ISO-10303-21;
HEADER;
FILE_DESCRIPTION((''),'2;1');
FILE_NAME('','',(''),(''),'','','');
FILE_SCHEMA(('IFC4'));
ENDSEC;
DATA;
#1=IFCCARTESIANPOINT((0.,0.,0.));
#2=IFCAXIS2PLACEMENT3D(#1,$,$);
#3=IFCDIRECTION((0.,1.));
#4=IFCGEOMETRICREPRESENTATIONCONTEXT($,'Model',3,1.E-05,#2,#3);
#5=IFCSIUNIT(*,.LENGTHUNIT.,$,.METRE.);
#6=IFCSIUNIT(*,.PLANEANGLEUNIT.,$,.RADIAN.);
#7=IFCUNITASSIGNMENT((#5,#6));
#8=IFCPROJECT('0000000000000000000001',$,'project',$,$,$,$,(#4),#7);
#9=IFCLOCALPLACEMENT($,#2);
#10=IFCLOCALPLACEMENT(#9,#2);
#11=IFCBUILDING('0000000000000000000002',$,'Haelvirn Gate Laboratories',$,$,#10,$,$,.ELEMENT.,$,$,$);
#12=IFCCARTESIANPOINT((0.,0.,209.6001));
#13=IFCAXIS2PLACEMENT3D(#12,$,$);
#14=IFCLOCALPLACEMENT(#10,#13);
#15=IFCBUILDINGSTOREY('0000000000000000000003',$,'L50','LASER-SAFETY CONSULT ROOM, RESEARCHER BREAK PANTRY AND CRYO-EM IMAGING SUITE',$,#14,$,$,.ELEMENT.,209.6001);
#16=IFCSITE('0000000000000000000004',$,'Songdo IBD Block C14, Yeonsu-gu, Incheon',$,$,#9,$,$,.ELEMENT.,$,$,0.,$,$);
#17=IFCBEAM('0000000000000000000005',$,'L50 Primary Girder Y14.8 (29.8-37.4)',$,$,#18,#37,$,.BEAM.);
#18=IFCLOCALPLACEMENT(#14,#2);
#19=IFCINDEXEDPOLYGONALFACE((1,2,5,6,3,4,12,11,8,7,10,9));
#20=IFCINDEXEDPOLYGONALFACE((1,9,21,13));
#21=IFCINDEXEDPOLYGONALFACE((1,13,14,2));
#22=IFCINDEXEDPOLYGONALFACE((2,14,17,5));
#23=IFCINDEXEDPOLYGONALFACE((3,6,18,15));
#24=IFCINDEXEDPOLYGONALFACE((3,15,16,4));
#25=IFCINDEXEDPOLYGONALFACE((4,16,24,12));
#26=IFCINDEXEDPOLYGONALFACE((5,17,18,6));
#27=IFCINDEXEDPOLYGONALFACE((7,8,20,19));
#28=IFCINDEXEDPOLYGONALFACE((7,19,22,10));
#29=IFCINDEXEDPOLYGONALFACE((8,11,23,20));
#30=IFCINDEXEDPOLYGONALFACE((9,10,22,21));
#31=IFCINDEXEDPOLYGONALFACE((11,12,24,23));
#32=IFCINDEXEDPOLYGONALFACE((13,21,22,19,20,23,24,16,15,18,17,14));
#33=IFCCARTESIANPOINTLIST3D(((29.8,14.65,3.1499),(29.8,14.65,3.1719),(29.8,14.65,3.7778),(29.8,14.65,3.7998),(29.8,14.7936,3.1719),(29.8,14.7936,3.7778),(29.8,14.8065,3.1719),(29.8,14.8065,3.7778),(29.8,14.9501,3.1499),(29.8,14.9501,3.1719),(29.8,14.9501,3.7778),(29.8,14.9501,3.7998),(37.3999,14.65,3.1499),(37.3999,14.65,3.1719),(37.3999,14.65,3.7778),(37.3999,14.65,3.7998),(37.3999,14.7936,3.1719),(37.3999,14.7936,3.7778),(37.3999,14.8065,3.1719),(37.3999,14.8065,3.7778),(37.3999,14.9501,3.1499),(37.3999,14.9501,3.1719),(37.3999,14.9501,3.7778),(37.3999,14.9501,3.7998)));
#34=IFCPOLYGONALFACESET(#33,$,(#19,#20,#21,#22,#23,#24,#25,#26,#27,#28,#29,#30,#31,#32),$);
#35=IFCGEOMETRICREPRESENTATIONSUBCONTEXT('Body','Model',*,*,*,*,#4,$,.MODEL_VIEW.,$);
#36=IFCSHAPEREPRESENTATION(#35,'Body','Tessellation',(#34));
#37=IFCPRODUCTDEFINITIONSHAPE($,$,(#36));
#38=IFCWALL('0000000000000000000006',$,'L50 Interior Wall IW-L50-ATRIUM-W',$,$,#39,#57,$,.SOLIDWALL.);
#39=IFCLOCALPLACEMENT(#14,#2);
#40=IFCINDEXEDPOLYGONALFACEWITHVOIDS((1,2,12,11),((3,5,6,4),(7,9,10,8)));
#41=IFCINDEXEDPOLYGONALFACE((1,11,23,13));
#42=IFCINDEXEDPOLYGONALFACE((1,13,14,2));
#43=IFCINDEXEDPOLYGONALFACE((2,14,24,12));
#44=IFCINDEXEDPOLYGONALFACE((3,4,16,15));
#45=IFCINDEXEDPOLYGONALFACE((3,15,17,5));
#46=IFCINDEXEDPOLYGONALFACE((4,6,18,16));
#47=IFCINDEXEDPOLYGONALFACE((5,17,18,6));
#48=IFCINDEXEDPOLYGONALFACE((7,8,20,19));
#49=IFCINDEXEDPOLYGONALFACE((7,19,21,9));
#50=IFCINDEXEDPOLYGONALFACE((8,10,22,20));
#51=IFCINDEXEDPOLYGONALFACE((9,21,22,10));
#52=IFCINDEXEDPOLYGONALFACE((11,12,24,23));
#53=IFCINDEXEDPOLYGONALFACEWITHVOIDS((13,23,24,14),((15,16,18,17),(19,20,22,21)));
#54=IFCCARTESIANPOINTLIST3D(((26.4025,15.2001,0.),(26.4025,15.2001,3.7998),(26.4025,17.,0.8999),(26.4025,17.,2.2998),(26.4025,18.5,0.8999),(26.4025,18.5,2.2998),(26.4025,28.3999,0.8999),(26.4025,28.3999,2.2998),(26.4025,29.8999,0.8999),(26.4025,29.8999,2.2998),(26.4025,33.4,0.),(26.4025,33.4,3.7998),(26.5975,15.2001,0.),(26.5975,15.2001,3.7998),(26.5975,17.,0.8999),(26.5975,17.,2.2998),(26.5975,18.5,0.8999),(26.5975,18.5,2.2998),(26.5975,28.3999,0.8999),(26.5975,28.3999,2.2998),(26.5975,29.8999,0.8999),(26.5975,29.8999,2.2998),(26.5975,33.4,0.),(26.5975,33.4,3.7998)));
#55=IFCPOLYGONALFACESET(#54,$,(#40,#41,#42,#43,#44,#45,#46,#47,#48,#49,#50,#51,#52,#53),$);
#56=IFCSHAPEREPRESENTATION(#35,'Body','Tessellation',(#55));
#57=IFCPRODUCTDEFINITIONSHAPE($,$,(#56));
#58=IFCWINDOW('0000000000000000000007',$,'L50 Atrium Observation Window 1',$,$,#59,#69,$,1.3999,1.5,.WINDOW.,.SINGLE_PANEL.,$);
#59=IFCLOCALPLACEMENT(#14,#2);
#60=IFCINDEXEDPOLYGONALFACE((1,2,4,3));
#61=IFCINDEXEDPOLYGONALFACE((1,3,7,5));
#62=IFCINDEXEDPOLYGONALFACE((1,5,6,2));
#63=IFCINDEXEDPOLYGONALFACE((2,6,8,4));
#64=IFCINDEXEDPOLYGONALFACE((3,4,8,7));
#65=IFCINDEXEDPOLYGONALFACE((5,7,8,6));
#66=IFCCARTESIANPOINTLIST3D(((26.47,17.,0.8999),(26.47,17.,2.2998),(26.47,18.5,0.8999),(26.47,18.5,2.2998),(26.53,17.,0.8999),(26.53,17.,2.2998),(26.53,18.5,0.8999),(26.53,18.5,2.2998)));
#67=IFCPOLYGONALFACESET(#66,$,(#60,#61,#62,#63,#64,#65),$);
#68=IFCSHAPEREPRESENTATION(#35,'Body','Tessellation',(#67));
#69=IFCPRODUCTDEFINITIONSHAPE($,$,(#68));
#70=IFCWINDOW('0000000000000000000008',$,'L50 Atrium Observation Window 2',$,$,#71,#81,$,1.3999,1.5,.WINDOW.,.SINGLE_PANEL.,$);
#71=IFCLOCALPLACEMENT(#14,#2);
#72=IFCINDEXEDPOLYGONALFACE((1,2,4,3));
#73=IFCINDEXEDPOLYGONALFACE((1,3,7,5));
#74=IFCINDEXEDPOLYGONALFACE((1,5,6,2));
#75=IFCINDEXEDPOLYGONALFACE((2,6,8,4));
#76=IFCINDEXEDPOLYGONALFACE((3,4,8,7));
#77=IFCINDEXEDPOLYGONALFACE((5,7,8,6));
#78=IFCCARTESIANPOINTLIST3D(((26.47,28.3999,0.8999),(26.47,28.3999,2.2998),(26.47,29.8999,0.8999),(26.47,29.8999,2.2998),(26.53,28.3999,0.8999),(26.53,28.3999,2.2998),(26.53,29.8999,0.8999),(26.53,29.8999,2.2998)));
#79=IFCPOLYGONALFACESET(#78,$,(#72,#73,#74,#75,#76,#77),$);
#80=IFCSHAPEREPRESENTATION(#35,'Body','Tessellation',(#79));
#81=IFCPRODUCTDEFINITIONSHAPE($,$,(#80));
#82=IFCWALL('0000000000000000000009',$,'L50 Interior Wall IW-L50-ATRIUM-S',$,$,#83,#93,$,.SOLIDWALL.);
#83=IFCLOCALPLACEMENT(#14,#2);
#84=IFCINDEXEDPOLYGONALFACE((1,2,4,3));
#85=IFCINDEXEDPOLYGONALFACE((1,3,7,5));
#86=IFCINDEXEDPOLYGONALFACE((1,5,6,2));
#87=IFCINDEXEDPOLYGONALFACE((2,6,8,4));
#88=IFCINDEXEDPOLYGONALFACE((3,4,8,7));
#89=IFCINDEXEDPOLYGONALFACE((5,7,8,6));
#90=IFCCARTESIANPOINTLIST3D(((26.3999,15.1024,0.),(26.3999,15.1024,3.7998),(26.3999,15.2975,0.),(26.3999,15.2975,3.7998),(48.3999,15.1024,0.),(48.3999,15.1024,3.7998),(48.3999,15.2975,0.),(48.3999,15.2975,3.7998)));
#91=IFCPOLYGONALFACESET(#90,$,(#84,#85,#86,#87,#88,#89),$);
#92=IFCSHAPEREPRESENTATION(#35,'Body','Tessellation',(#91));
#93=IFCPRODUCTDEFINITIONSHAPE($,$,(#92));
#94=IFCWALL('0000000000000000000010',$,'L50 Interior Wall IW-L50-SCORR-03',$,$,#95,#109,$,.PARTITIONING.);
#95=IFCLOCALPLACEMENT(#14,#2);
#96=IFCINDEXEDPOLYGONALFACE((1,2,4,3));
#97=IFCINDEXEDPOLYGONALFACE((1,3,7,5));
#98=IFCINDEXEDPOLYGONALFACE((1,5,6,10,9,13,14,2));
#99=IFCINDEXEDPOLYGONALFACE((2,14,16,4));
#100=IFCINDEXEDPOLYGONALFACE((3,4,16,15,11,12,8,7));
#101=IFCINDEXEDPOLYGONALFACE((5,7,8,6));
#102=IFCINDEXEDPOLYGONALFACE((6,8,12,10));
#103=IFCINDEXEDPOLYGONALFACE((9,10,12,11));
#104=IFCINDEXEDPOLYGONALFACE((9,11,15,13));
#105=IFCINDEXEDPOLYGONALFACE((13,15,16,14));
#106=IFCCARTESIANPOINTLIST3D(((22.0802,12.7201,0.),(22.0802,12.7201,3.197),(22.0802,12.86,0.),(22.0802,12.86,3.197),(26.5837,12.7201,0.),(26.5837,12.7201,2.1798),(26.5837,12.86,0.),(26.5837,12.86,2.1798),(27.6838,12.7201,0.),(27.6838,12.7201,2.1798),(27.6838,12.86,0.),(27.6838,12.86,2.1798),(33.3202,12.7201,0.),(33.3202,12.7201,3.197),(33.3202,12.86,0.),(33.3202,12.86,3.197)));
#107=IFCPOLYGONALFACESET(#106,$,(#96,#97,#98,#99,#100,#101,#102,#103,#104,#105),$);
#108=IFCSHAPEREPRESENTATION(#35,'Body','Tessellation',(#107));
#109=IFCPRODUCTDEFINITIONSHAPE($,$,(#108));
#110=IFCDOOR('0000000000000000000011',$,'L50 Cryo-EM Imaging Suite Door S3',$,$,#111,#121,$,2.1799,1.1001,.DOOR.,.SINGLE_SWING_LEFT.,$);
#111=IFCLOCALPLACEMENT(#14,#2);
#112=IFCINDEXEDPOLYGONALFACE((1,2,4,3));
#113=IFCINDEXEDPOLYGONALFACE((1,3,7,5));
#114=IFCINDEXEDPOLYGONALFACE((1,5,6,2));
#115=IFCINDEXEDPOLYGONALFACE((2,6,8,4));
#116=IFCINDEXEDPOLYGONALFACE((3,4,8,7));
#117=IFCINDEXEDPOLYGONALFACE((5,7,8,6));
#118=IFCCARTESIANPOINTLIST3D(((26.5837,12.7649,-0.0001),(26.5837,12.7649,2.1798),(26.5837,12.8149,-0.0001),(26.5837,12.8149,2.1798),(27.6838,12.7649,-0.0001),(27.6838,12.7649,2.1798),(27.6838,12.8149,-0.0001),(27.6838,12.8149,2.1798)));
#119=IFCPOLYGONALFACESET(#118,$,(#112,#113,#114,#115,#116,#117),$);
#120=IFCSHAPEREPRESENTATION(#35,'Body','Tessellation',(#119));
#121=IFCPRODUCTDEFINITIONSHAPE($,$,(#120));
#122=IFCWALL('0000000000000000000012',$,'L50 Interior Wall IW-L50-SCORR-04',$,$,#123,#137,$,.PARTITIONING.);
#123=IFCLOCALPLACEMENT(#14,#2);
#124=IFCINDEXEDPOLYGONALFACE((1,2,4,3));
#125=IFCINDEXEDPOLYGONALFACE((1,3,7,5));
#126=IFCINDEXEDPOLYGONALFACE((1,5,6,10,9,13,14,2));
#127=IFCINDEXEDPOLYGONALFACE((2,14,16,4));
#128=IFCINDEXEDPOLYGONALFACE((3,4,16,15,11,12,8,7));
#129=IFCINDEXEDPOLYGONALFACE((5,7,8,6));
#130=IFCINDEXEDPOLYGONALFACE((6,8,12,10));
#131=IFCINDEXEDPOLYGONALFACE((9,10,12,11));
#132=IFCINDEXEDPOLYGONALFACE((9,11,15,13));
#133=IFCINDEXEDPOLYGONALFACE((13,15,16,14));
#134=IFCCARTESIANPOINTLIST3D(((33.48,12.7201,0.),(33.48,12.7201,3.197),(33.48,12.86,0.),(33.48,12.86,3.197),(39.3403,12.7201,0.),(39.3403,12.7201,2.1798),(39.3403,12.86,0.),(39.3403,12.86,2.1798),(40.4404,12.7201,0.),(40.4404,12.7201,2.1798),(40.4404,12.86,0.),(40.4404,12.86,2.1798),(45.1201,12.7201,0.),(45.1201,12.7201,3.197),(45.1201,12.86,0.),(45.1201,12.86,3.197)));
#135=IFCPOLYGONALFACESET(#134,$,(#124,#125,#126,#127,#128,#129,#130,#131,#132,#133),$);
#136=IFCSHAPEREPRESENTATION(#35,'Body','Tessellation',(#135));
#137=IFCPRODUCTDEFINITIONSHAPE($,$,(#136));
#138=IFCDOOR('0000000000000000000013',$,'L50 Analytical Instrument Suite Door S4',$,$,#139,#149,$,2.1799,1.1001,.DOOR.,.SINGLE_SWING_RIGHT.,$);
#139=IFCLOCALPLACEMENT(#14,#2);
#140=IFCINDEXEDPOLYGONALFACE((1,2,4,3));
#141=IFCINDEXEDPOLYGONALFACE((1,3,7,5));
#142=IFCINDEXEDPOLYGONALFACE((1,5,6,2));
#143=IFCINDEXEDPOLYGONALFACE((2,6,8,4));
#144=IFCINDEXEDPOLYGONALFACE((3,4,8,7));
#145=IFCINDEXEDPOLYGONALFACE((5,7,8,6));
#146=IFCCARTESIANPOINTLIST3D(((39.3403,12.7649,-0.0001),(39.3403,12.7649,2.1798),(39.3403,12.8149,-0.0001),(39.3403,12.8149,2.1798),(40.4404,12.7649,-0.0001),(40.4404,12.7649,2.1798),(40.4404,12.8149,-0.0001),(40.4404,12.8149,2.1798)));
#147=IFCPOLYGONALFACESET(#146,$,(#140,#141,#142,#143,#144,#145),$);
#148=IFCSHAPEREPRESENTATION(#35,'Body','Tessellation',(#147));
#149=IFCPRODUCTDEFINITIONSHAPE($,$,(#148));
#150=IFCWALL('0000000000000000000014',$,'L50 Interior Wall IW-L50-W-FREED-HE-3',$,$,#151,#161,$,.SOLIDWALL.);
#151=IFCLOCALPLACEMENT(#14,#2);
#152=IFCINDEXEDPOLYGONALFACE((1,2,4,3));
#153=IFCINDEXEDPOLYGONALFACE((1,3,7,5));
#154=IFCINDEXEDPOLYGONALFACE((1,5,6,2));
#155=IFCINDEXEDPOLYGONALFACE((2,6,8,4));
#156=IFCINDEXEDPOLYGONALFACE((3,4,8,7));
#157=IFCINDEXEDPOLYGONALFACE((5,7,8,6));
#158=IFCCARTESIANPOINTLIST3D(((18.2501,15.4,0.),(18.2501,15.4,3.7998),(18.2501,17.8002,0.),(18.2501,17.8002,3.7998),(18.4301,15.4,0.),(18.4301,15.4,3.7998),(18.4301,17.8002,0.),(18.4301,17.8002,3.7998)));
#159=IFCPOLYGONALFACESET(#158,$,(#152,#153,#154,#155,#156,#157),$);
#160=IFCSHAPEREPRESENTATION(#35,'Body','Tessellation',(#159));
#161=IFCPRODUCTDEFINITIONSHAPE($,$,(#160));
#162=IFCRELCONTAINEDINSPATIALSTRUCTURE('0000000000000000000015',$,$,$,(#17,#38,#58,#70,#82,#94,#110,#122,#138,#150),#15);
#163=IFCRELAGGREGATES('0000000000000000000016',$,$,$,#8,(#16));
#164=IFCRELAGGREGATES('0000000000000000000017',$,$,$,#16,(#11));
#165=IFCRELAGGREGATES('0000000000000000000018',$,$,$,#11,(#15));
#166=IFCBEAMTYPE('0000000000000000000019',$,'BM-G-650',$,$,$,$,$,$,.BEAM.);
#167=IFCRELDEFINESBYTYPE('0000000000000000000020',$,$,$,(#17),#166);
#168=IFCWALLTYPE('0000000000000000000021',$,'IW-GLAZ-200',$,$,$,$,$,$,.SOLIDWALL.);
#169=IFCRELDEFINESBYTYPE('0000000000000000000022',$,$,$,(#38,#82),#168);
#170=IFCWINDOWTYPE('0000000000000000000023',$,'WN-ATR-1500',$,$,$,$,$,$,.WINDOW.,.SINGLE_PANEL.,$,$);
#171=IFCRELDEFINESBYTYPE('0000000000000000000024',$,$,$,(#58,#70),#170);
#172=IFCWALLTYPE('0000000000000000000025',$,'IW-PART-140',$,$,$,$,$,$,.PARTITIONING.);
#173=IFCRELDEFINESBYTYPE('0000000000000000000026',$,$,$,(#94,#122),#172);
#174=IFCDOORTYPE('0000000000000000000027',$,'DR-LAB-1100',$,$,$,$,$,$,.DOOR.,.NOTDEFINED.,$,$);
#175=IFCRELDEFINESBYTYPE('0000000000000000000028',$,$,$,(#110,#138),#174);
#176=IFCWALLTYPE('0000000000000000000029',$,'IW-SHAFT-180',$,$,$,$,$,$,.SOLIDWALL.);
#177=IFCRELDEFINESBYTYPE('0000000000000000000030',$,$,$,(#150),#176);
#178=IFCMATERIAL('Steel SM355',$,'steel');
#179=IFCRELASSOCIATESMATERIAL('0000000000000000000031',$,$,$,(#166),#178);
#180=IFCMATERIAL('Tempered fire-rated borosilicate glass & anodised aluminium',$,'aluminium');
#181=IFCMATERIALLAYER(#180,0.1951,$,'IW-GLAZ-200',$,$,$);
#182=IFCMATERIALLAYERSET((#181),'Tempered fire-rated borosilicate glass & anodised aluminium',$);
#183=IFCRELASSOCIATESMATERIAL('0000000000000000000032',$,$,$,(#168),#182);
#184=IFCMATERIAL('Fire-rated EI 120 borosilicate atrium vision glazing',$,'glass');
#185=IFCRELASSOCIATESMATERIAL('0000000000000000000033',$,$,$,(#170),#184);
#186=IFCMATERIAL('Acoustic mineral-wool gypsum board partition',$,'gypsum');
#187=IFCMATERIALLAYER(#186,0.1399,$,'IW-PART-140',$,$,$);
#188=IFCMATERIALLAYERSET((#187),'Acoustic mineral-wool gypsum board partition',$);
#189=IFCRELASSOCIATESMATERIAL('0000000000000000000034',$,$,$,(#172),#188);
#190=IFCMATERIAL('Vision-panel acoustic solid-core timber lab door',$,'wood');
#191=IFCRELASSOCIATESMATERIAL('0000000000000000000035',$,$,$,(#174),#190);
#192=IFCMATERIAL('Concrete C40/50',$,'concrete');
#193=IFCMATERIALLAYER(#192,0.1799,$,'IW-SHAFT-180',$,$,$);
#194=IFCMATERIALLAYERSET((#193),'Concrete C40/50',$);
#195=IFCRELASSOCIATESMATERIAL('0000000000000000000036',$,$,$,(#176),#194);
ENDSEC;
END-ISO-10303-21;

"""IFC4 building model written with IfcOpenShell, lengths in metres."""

from ifc_helpers import new_model, si_unit, direction, frame, frame_2d, origin, origin_2d, place, context, subcontext, project, spatial, rectangle, i_section, extrude, source, transform, mapped, material, layer, layer_set, material_profile, profile_set, type_object, type_shapes, element, fill, save


model = new_model("IFC4")

# Units and contexts
model_context = context("Model", 3, precision=1e-05, world=origin(), true_north=direction((0.0, 1.0)))
body_context = subcontext(model_context, "Body", "Model", "MODEL_VIEW")
ifc_project = project(units=[si_unit("LENGTHUNIT", "METRE"), si_unit("PLANEANGLEUNIT", "RADIAN")], contexts=[model_context])

# Site, building, storey
site_placement = place(None, origin())
site = spatial("IfcSite", under=ifc_project, at=site_placement, Name="Songdo IBD Block C14, Yeonsu-gu, Incheon", CompositionType="ELEMENT", RefElevation=0.0)
building_placement = place(site_placement, origin())
building = spatial("IfcBuilding", under=site, at=building_placement, Name="Haelvirn Gate Laboratories", CompositionType="ELEMENT")
storey_placement = place(building_placement, frame((0.0, 0.0, 209.6001)))
storey = spatial("IfcBuildingStorey", under=building, at=storey_placement, Name="L50", Description="LASER-SAFETY CONSULT ROOM, RESEARCHER BREAK PANTRY AND CRYO-EM IMAGING SUITE", CompositionType="ELEMENT", Elevation=209.6001)

# Shared definitions
ifc_material_1 = material(Name="Steel SM355", Category="steel")

# Beam
ifc_material_profile_1 = material_profile(ifc_material_1, i_section(OverallWidth=0.3, OverallDepth=0.6499, WebThickness=0.0129, FlangeThickness=0.022, at=origin_2d()), Name="H-650x300x13x22")
ifc_profile_set_1 = profile_set([ifc_material_profile_1], Name="Steel SM355")
beam_type_1 = type_object("IfcBeamType", Name="BM-G-650", PredefinedType="BEAM", material=ifc_profile_set_1)
shared_shape_1 = source(origin(), body_context, "Body", "SweptSolid", [
    extrude(i_section(OverallWidth=0.3, OverallDepth=0.6499, WebThickness=0.0129, FlangeThickness=0.022, at=origin_2d()), origin(), (0.0, 0.0, 1.0), 7.5999),
])
for number, where, z_axis, x_axis, name in (
    (1, (29.8, 14.8, 3.4749), (1.0, 0.0, 0.0), (0.0, 1.0, 0.0), "L50 Primary Girder Y14.8 (29.8-37.4)"),
):
    element("IfcBeam", number, at=place(storey_placement, frame(where, z_axis=z_axis, x_axis=x_axis)), inside=storey, type_object=beam_type_1, Name=name, PredefinedType="BEAM", context=body_context, shape_type="MappedRepresentation", body=[
        mapped(shared_shape_1, transform((0.0, 0.0, 0.0), scale=1.0)),
    ])

# Wall, openings, windows
ifc_material_2 = material(Name="Tempered fire-rated borosilicate glass & anodised aluminium", Category="aluminium")
ifc_layer_1 = layer(ifc_material_2, 0.1951, Name="IW-GLAZ-200")
ifc_layer_set_1 = layer_set([ifc_layer_1], Name="Tempered fire-rated borosilicate glass & anodised aluminium")
wall_type_1 = type_object("IfcWallType", Name="IW-GLAZ-200", PredefinedType="SOLIDWALL", material=ifc_layer_set_1)
wall_1_placement = place(storey_placement, frame((26.5, 15.2, 0.0), z_axis=(0.0, 0.0, 1.0), x_axis=(0.0, 1.0, 0.0)))
wall_1 = element("IfcWall", 2, at=wall_1_placement, inside=storey, type_object=wall_type_1, Name="L50 Interior Wall IW-L50-ATRIUM-W", PredefinedType="SOLIDWALL", context=body_context, shape_type="SweptSolid", body=[
    extrude(rectangle(XDim=18.2, YDim=0.1951, at=frame_2d((9.1001, 0.0))), origin(), (0.0, 0.0, 1.0), 3.7998),
])
opening_1_placement = place(wall_1_placement, frame((1.8, 0.0, 0.8999)))
opening_1 = element("IfcOpeningElement", 3, at=opening_1_placement, cuts=wall_1, PredefinedType="OPENING", context=body_context, shape_type="SweptSolid", body=[
    extrude(rectangle(XDim=1.5, YDim=1.3999, at=frame_2d((0.75, 0.7))), frame((0.0, 0.1074, 0.0), z_axis=(0.0, -1.0, 0.0), x_axis=(1.0, 0.0, 0.0)), (0.0, 0.0, 1.0), 0.2151),
])
opening_2_placement = place(wall_1_placement, frame((13.2, 0.0, 0.8999)))
opening_2 = element("IfcOpeningElement", 4, at=opening_2_placement, cuts=wall_1, PredefinedType="OPENING", context=body_context, shape_type="SweptSolid", body=[
    extrude(rectangle(XDim=1.5, YDim=1.3999, at=frame_2d((0.75, 0.7))), frame((0.0, 0.1074, 0.0), z_axis=(0.0, -1.0, 0.0), x_axis=(1.0, 0.0, 0.0)), (0.0, 0.0, 1.0), 0.2151),
])
ifc_material_3 = material(Name="Fire-rated EI 120 borosilicate atrium vision glazing", Category="glass")
window_type = type_object("IfcWindowType", Name="WN-ATR-1500", PartitioningType="SINGLE_PANEL", PredefinedType="WINDOW", material=ifc_material_3)
shared_shape_2 = source(origin(), body_context, "Body", "SweptSolid", [
    extrude(rectangle(XDim=1.5, YDim=1.3999, at=frame_2d((0.75, 0.7))), frame((0.0, 0.03, 0.0), z_axis=(0.0, -1.0, 0.0), x_axis=(1.0, 0.0, 0.0)), (0.0, 0.0, 1.0), 0.0601),
])
type_shapes(window_type, [shared_shape_2])
window_1_placement = place(opening_1_placement, origin())
window_1 = element("IfcWindow", 5, at=window_1_placement, inside=storey, type_object=window_type, Name="L50 Atrium Observation Window 1", OverallHeight=1.3999, OverallWidth=1.5, PartitioningType="SINGLE_PANEL", PredefinedType="WINDOW", context=body_context, shape_type="MappedRepresentation", body=[
    mapped(shared_shape_2, transform((0.0, 0.0, 0.0), scale=1.0)),
])
fill(opening_1, window_1)
window_2_placement = place(opening_2_placement, origin())
window_2 = element("IfcWindow", 6, at=window_2_placement, inside=storey, type_object=window_type, Name="L50 Atrium Observation Window 2", OverallHeight=1.3999, OverallWidth=1.5, PartitioningType="SINGLE_PANEL", PredefinedType="WINDOW", context=body_context, shape_type="MappedRepresentation", body=[
    mapped(shared_shape_2, transform((0.0, 0.0, 0.0), scale=1.0)),
])
fill(opening_2, window_2)

# Wall
wall_2_placement = place(storey_placement, frame((26.3999, 15.2, 0.0), z_axis=(0.0, 0.0, 1.0), x_axis=(1.0, 0.0, 0.0)))
element("IfcWall", 7, at=wall_2_placement, inside=storey, type_object=wall_type_1, Name="L50 Interior Wall IW-L50-ATRIUM-S", PredefinedType="SOLIDWALL", context=body_context, shape_type="SweptSolid", body=[
    extrude(rectangle(XDim=22.0, YDim=0.1951, at=frame_2d((11.0, 0.0))), origin(), (0.0, 0.0, 1.0), 3.7998),
])

# Walls, openings, doors
ifc_material_4 = material(Name="Acoustic mineral-wool gypsum board partition", Category="gypsum")
ifc_layer_2 = layer(ifc_material_4, 0.1399, Name="IW-PART-140")
ifc_layer_set_2 = layer_set([ifc_layer_2], Name="Acoustic mineral-wool gypsum board partition")
wall_type_2 = type_object("IfcWallType", Name="IW-PART-140", PredefinedType="PARTITIONING", material=ifc_layer_set_2)
wall_3_placement = place(storey_placement, frame((22.0801, 12.79, 0.0), z_axis=(0.0, 0.0, 1.0), x_axis=(1.0, 0.0, 0.0)))
wall_3 = element("IfcWall", 8, at=wall_3_placement, inside=storey, type_object=wall_type_2, Name="L50 Interior Wall IW-L50-SCORR-03", PredefinedType="PARTITIONING", context=body_context, shape_type="SweptSolid", body=[
    extrude(rectangle(XDim=11.24, YDim=0.1399, at=frame_2d((5.6201, 0.0))), origin(), (0.0, 0.0, 1.0), 3.197),
])
opening_3_placement = place(wall_3_placement, frame((4.5037, 0.0, 0.0)))
opening_3 = element("IfcOpeningElement", 9, at=opening_3_placement, cuts=wall_3, PredefinedType="OPENING", context=body_context, shape_type="SweptSolid", body=[
    extrude(rectangle(XDim=1.1001, YDim=2.1799, at=frame_2d((0.55, 1.0898))), frame((0.0, 0.0801, 0.0), z_axis=(0.0, -1.0, 0.0), x_axis=(1.0, 0.0, 0.0)), (0.0, 0.0, 1.0), 0.1599),
])
ifc_material_5 = material(Name="Vision-panel acoustic solid-core timber lab door", Category="wood")
door_type_1 = type_object("IfcDoorType", Name="DR-LAB-1100", OperationType="NOTDEFINED", PredefinedType="DOOR", material=ifc_material_5)
shared_shape_3 = source(origin(), body_context, "Body", "SweptSolid", [
    extrude(rectangle(XDim=1.1001, YDim=2.1799, at=frame_2d((0.55, 1.0898))), frame((0.0, 0.0249, 0.0), z_axis=(0.0, -1.0, 0.0), x_axis=(1.0, 0.0, 0.0)), (0.0, 0.0, 1.0), 0.05),
])
type_shapes(door_type_1, [shared_shape_3])
door_1_placement = place(opening_3_placement, origin())
door_1 = element("IfcDoor", 10, at=door_1_placement, inside=storey, type_object=door_type_1, Name="L50 Cryo-EM Imaging Suite Door S3", OperationType="SINGLE_SWING_LEFT", OverallHeight=2.1799, OverallWidth=1.1001, PredefinedType="DOOR", context=body_context, shape_type="MappedRepresentation", body=[
    mapped(shared_shape_3, transform((0.0, 0.0, 0.0), scale=1.0)),
])
fill(opening_3, door_1)
wall_4_placement = place(storey_placement, frame((33.48, 12.79, 0.0), z_axis=(0.0, 0.0, 1.0), x_axis=(1.0, 0.0, 0.0)))
wall_4 = element("IfcWall", 11, at=wall_4_placement, inside=storey, type_object=wall_type_2, Name="L50 Interior Wall IW-L50-SCORR-04", PredefinedType="PARTITIONING", context=body_context, shape_type="SweptSolid", body=[
    extrude(rectangle(XDim=11.6401, YDim=0.1399, at=frame_2d((5.8201, 0.0))), origin(), (0.0, 0.0, 1.0), 3.197),
])
opening_4_placement = place(wall_4_placement, frame((5.8604, 0.0, 0.0)))
opening_4 = element("IfcOpeningElement", 12, at=opening_4_placement, cuts=wall_4, PredefinedType="OPENING", context=body_context, shape_type="SweptSolid", body=[
    extrude(rectangle(XDim=1.1001, YDim=2.1799, at=frame_2d((0.55, 1.0898))), frame((0.0, 0.0801, 0.0), z_axis=(0.0, -1.0, 0.0), x_axis=(1.0, 0.0, 0.0)), (0.0, 0.0, 1.0), 0.1599),
])
door_2_placement = place(opening_4_placement, origin())
door_2 = element("IfcDoor", 13, at=door_2_placement, inside=storey, type_object=door_type_1, Name="L50 Analytical Instrument Suite Door S4", OperationType="SINGLE_SWING_RIGHT", OverallHeight=2.1799, OverallWidth=1.1001, PredefinedType="DOOR", context=body_context, shape_type="MappedRepresentation", body=[
    mapped(shared_shape_3, transform((0.0, 0.0, 0.0), scale=1.0)),
])
fill(opening_4, door_2)
ifc_material_6 = material(Name="Concrete C40/50", Category="concrete")
ifc_layer_3 = layer(ifc_material_6, 0.1799, Name="IW-SHAFT-180")
ifc_layer_set_3 = layer_set([ifc_layer_3], Name="Concrete C40/50")
wall_type_3 = type_object("IfcWallType", Name="IW-SHAFT-180", PredefinedType="SOLIDWALL", material=ifc_layer_set_3)

# Wall
wall_5_placement = place(storey_placement, frame((18.3401, 15.3999, 0.0), z_axis=(0.0, 0.0, 1.0), x_axis=(0.0, 1.0, 0.0)))
element("IfcWall", 14, at=wall_5_placement, inside=storey, type_object=wall_type_3, Name="L50 Interior Wall IW-L50-W-FREED-HE-3", PredefinedType="SOLIDWALL", context=body_context, shape_type="SweptSolid", body=[
    extrude(rectangle(XDim=2.4001, YDim=0.1799, at=frame_2d((1.2002, 0.0))), origin(), (0.0, 0.0, 1.0), 3.7998),
])

save(model, "model.ifc")
